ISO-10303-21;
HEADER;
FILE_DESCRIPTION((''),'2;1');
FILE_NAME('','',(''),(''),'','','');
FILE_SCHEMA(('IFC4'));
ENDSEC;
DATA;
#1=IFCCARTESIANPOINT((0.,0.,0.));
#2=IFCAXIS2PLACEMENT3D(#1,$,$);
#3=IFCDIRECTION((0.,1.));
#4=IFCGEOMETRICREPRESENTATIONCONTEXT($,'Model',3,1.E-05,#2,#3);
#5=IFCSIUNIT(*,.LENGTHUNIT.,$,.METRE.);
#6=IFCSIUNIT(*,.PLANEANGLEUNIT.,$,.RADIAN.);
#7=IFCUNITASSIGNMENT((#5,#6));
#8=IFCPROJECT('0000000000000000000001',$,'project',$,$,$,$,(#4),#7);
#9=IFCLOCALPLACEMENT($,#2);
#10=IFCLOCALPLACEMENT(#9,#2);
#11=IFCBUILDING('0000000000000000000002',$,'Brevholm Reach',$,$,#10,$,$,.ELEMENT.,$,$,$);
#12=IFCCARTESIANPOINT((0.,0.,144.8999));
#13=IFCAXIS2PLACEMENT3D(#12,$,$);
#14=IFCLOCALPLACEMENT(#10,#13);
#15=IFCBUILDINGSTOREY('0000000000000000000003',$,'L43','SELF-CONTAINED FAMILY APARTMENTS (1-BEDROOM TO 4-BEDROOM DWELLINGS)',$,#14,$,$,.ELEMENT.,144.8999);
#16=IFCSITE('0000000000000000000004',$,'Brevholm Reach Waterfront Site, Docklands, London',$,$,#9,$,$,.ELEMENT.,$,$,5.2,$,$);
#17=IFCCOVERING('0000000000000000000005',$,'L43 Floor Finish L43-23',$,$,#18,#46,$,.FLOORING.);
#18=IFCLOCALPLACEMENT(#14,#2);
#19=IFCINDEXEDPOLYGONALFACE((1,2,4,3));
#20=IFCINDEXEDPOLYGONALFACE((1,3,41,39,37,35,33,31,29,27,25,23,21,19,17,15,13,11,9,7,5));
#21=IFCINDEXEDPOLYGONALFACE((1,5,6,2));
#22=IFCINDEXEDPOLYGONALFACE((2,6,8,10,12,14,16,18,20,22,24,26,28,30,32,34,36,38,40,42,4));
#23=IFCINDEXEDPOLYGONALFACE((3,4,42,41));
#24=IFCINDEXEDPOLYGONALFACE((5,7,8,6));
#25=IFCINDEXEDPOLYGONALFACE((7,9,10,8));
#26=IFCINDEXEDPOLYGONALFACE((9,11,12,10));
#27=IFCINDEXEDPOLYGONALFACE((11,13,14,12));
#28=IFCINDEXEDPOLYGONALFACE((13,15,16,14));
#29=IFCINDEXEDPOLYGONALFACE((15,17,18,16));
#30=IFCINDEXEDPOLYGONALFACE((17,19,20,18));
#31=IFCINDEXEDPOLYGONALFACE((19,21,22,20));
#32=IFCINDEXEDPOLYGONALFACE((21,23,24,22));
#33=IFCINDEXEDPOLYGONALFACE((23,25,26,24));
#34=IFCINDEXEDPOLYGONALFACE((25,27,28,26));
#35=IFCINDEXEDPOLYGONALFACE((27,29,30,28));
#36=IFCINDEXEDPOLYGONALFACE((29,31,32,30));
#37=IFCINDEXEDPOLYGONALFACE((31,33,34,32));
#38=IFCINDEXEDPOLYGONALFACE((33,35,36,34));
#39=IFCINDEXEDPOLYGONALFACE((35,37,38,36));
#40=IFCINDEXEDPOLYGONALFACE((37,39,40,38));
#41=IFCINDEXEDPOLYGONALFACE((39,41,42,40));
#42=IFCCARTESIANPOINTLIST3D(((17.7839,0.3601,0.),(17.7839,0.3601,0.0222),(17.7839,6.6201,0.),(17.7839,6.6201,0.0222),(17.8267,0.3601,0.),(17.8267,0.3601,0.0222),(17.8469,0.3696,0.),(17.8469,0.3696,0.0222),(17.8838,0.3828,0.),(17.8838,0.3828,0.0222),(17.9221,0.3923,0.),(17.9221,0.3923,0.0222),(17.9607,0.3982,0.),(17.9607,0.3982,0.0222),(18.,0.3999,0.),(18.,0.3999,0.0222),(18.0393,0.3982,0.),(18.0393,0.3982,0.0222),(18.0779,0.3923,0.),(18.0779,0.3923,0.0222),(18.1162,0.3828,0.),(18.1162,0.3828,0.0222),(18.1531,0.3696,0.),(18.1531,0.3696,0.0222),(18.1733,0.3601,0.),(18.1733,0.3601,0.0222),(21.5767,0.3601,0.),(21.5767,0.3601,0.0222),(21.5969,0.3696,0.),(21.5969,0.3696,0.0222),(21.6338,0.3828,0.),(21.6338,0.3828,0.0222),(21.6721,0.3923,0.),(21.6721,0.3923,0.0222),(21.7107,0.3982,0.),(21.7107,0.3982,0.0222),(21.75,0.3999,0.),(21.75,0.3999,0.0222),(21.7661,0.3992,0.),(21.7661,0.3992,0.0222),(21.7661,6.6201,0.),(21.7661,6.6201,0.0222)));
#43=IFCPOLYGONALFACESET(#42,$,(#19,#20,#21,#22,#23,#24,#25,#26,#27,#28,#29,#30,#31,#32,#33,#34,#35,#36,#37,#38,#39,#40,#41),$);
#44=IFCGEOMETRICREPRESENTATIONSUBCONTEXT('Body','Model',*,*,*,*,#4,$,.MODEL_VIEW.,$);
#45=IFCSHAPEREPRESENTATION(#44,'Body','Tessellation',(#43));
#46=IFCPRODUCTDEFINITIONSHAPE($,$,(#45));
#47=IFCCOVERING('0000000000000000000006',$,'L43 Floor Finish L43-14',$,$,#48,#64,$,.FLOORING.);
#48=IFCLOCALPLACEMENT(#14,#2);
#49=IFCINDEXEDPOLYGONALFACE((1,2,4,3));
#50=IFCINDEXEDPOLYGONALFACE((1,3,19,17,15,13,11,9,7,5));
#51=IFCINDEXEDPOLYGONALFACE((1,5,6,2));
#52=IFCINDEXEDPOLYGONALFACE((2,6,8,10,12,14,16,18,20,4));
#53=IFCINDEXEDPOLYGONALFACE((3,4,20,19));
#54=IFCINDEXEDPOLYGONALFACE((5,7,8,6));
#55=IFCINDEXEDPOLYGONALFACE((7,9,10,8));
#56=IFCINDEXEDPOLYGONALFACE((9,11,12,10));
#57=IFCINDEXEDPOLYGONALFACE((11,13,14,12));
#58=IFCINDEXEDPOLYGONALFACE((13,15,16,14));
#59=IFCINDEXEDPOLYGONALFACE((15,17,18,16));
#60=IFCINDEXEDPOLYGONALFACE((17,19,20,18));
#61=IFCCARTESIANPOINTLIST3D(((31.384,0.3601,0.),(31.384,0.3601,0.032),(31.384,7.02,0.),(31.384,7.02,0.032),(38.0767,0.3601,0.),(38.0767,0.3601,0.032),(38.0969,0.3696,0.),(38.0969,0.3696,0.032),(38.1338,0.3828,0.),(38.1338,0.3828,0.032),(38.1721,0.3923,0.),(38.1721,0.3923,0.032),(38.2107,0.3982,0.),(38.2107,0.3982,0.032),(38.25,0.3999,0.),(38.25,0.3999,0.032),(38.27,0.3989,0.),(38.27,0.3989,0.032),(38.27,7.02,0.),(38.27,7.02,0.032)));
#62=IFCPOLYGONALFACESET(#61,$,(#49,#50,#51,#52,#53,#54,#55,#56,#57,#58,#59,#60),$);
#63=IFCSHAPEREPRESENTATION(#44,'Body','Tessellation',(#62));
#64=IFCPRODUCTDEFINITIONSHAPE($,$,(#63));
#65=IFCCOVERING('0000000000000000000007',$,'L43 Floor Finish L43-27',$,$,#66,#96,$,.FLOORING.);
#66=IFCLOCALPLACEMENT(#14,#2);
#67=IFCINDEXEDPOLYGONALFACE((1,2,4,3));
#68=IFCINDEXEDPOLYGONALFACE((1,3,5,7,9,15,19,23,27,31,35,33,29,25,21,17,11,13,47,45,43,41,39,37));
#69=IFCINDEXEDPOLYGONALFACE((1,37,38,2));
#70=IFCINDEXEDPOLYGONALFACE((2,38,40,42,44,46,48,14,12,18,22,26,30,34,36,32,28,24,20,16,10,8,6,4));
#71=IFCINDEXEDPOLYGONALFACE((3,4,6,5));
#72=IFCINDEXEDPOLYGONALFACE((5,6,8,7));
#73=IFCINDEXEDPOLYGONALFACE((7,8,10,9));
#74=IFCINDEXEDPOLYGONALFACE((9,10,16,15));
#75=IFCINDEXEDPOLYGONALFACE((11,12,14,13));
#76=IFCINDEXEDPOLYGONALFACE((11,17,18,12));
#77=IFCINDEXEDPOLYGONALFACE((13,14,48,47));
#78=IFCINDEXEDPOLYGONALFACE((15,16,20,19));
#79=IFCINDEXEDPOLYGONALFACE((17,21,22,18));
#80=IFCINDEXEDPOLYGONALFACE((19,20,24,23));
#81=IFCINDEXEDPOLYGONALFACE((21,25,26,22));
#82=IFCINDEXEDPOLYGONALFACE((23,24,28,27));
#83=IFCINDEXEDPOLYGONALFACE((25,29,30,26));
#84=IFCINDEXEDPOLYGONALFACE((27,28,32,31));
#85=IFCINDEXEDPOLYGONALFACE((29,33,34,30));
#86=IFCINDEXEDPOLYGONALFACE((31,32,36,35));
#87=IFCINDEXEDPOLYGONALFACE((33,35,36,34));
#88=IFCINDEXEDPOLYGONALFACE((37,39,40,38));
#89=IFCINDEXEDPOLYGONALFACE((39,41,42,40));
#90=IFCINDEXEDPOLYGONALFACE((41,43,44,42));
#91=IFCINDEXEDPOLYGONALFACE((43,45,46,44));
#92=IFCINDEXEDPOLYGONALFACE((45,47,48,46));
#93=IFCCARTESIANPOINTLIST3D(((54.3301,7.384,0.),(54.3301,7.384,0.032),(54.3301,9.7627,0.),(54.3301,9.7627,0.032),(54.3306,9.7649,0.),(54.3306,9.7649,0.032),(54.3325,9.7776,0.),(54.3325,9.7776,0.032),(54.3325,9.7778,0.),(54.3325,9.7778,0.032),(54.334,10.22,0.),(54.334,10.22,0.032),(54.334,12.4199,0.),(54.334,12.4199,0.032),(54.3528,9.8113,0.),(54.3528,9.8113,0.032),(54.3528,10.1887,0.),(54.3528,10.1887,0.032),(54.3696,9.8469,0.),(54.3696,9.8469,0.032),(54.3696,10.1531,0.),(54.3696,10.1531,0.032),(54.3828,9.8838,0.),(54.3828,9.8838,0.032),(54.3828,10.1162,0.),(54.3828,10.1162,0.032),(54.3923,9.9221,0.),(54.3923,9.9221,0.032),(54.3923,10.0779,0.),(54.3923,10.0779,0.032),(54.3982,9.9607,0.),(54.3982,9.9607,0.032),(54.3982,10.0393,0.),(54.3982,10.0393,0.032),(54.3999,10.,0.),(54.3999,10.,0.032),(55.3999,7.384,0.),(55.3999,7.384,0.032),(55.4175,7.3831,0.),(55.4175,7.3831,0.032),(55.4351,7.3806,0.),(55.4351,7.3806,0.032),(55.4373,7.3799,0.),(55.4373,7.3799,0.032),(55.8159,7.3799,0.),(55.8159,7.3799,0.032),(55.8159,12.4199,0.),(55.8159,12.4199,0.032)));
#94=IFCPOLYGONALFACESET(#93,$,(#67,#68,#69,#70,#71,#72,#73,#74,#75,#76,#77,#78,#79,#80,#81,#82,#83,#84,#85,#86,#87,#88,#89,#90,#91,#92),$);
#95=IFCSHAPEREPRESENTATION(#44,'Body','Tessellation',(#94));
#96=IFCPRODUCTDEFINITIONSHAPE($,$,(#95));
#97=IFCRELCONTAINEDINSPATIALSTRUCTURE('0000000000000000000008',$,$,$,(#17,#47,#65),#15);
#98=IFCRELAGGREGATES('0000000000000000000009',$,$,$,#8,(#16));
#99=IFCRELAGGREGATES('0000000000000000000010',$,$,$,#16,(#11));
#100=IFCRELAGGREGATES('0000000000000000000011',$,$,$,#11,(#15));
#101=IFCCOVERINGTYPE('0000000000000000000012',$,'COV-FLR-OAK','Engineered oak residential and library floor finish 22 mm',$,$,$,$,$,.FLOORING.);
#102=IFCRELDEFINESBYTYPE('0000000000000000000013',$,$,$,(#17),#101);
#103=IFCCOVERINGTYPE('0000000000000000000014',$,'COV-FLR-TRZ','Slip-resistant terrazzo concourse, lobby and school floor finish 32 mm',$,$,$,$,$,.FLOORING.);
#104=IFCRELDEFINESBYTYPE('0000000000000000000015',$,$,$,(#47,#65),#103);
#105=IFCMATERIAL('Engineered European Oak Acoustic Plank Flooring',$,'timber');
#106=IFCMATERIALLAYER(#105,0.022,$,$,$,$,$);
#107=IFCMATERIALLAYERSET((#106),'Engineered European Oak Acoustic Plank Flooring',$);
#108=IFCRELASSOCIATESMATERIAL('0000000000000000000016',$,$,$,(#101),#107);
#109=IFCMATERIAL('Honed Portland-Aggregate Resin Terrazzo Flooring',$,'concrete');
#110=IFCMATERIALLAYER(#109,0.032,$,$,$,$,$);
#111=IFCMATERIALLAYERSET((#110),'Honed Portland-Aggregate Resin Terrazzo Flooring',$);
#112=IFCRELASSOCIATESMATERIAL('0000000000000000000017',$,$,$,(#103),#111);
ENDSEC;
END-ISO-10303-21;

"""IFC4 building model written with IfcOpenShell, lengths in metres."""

from ifc_helpers import new_model, si_unit, direction, frame, origin, place, context, subcontext, project, spatial, polyline, outline, extrude, material, layer, layer_set, type_object, element, save


model = new_model("IFC4")

# Units and contexts
model_context = context("Model", 3, precision=1e-05, world=origin(), true_north=direction((0.0, 1.0)))
body_context = subcontext(model_context, "Body", "Model", "MODEL_VIEW")
ifc_project = project(units=[si_unit("LENGTHUNIT", "METRE"), si_unit("PLANEANGLEUNIT", "RADIAN")], contexts=[model_context])

# Site, building, storey
site_placement = place(None, origin())
site = spatial("IfcSite", under=ifc_project, at=site_placement, Name="Brevholm Reach Waterfront Site, Docklands, London", CompositionType="ELEMENT", RefElevation=5.2)
building_placement = place(site_placement, origin())
building = spatial("IfcBuilding", under=site, at=building_placement, Name="Brevholm Reach", CompositionType="ELEMENT")
storey_placement = place(building_placement, frame((0.0, 0.0, 144.8999)))
storey = spatial("IfcBuildingStorey", under=building, at=storey_placement, Name="L43", Description="SELF-CONTAINED FAMILY APARTMENTS (1-BEDROOM TO 4-BEDROOM DWELLINGS)", CompositionType="ELEMENT", Elevation=144.8999)

# Coverings
ifc_material_1 = material(Name="Engineered European Oak Acoustic Plank Flooring", Category="timber")
ifc_layer_1 = layer(ifc_material_1, 0.022)
ifc_layer_set_1 = layer_set([ifc_layer_1], Name="Engineered European Oak Acoustic Plank Flooring")
covering_type_1 = type_object("IfcCoveringType", Name="COV-FLR-OAK", Description="Engineered oak residential and library floor finish 22 mm", PredefinedType="FLOORING", material=ifc_layer_set_1)
covering_1_placement = place(storey_placement, origin())
element("IfcCovering", 1, at=covering_1_placement, inside=storey, type_object=covering_type_1, Name="L43 Floor Finish L43-23", PredefinedType="FLOORING", context=body_context, shape_type="SweptSolid", body=[
    extrude(outline(polyline([(21.7661, 6.6201), (21.7661, 0.3992), (21.75, 0.3999), (21.7107, 0.3982), (21.6721, 0.3923), (21.6338, 0.3828), (21.5969, 0.3696), (21.5767, 0.3601), (18.1733, 0.3601), (18.1531, 0.3696), (18.1162, 0.3828), (18.0779, 0.3923), (18.0393, 0.3982), (18.0, 0.3999), (17.9607, 0.3982), (17.9221, 0.3923), (17.8838, 0.3828), (17.8469, 0.3696), (17.8267, 0.3601), (17.7839, 0.3601), (17.7839, 6.6201), (21.7661, 6.6201)])), origin(), (0.0, 0.0, 1.0), 0.0222),
])
ifc_material_2 = material(Name="Honed Portland-Aggregate Resin Terrazzo Flooring", Category="concrete")
ifc_layer_2 = layer(ifc_material_2, 0.032)
ifc_layer_set_2 = layer_set([ifc_layer_2], Name="Honed Portland-Aggregate Resin Terrazzo Flooring")
covering_type_2 = type_object("IfcCoveringType", Name="COV-FLR-TRZ", Description="Slip-resistant terrazzo concourse, lobby and school floor finish 32 mm", PredefinedType="FLOORING", material=ifc_layer_set_2)
covering_2_placement = place(storey_placement, origin())
element("IfcCovering", 2, at=covering_2_placement, inside=storey, type_object=covering_type_2, Name="L43 Floor Finish L43-14", PredefinedType="FLOORING", context=body_context, shape_type="SweptSolid", body=[
    extrude(outline(polyline([(38.27, 7.02), (38.27, 0.3989), (38.25, 0.3999), (38.2107, 0.3982), (38.1721, 0.3923), (38.1338, 0.3828), (38.0969, 0.3696), (38.0767, 0.3601), (31.384, 0.3601), (31.384, 7.02), (38.27, 7.02)])), origin(), (0.0, 0.0, 1.0), 0.032),
])
covering_3_placement = place(storey_placement, origin())
element("IfcCovering", 3, at=covering_3_placement, inside=storey, type_object=covering_type_2, Name="L43 Floor Finish L43-27", PredefinedType="FLOORING", context=body_context, shape_type="SweptSolid", body=[
    extrude(outline(polyline([(54.3301, 9.7627), (54.3306, 9.7649), (54.3325, 9.7776), (54.3325, 9.7778), (54.3528, 9.8113), (54.3696, 9.8469), (54.3828, 9.8838), (54.3923, 9.9221), (54.3982, 9.9607), (54.3999, 10.0), (54.3982, 10.0393), (54.3923, 10.0779), (54.3828, 10.1162), (54.3696, 10.1531), (54.3528, 10.1887), (54.334, 10.22), (54.334, 12.4199), (55.8159, 12.4199), (55.8159, 7.3799), (55.4373, 7.3799), (55.4351, 7.3806), (55.4175, 7.3831), (55.3999, 7.384), (54.3301, 7.384), (54.3301, 9.7627)])), origin(), (0.0, 0.0, 1.0), 0.032),
])

save(model, "model.ifc")
